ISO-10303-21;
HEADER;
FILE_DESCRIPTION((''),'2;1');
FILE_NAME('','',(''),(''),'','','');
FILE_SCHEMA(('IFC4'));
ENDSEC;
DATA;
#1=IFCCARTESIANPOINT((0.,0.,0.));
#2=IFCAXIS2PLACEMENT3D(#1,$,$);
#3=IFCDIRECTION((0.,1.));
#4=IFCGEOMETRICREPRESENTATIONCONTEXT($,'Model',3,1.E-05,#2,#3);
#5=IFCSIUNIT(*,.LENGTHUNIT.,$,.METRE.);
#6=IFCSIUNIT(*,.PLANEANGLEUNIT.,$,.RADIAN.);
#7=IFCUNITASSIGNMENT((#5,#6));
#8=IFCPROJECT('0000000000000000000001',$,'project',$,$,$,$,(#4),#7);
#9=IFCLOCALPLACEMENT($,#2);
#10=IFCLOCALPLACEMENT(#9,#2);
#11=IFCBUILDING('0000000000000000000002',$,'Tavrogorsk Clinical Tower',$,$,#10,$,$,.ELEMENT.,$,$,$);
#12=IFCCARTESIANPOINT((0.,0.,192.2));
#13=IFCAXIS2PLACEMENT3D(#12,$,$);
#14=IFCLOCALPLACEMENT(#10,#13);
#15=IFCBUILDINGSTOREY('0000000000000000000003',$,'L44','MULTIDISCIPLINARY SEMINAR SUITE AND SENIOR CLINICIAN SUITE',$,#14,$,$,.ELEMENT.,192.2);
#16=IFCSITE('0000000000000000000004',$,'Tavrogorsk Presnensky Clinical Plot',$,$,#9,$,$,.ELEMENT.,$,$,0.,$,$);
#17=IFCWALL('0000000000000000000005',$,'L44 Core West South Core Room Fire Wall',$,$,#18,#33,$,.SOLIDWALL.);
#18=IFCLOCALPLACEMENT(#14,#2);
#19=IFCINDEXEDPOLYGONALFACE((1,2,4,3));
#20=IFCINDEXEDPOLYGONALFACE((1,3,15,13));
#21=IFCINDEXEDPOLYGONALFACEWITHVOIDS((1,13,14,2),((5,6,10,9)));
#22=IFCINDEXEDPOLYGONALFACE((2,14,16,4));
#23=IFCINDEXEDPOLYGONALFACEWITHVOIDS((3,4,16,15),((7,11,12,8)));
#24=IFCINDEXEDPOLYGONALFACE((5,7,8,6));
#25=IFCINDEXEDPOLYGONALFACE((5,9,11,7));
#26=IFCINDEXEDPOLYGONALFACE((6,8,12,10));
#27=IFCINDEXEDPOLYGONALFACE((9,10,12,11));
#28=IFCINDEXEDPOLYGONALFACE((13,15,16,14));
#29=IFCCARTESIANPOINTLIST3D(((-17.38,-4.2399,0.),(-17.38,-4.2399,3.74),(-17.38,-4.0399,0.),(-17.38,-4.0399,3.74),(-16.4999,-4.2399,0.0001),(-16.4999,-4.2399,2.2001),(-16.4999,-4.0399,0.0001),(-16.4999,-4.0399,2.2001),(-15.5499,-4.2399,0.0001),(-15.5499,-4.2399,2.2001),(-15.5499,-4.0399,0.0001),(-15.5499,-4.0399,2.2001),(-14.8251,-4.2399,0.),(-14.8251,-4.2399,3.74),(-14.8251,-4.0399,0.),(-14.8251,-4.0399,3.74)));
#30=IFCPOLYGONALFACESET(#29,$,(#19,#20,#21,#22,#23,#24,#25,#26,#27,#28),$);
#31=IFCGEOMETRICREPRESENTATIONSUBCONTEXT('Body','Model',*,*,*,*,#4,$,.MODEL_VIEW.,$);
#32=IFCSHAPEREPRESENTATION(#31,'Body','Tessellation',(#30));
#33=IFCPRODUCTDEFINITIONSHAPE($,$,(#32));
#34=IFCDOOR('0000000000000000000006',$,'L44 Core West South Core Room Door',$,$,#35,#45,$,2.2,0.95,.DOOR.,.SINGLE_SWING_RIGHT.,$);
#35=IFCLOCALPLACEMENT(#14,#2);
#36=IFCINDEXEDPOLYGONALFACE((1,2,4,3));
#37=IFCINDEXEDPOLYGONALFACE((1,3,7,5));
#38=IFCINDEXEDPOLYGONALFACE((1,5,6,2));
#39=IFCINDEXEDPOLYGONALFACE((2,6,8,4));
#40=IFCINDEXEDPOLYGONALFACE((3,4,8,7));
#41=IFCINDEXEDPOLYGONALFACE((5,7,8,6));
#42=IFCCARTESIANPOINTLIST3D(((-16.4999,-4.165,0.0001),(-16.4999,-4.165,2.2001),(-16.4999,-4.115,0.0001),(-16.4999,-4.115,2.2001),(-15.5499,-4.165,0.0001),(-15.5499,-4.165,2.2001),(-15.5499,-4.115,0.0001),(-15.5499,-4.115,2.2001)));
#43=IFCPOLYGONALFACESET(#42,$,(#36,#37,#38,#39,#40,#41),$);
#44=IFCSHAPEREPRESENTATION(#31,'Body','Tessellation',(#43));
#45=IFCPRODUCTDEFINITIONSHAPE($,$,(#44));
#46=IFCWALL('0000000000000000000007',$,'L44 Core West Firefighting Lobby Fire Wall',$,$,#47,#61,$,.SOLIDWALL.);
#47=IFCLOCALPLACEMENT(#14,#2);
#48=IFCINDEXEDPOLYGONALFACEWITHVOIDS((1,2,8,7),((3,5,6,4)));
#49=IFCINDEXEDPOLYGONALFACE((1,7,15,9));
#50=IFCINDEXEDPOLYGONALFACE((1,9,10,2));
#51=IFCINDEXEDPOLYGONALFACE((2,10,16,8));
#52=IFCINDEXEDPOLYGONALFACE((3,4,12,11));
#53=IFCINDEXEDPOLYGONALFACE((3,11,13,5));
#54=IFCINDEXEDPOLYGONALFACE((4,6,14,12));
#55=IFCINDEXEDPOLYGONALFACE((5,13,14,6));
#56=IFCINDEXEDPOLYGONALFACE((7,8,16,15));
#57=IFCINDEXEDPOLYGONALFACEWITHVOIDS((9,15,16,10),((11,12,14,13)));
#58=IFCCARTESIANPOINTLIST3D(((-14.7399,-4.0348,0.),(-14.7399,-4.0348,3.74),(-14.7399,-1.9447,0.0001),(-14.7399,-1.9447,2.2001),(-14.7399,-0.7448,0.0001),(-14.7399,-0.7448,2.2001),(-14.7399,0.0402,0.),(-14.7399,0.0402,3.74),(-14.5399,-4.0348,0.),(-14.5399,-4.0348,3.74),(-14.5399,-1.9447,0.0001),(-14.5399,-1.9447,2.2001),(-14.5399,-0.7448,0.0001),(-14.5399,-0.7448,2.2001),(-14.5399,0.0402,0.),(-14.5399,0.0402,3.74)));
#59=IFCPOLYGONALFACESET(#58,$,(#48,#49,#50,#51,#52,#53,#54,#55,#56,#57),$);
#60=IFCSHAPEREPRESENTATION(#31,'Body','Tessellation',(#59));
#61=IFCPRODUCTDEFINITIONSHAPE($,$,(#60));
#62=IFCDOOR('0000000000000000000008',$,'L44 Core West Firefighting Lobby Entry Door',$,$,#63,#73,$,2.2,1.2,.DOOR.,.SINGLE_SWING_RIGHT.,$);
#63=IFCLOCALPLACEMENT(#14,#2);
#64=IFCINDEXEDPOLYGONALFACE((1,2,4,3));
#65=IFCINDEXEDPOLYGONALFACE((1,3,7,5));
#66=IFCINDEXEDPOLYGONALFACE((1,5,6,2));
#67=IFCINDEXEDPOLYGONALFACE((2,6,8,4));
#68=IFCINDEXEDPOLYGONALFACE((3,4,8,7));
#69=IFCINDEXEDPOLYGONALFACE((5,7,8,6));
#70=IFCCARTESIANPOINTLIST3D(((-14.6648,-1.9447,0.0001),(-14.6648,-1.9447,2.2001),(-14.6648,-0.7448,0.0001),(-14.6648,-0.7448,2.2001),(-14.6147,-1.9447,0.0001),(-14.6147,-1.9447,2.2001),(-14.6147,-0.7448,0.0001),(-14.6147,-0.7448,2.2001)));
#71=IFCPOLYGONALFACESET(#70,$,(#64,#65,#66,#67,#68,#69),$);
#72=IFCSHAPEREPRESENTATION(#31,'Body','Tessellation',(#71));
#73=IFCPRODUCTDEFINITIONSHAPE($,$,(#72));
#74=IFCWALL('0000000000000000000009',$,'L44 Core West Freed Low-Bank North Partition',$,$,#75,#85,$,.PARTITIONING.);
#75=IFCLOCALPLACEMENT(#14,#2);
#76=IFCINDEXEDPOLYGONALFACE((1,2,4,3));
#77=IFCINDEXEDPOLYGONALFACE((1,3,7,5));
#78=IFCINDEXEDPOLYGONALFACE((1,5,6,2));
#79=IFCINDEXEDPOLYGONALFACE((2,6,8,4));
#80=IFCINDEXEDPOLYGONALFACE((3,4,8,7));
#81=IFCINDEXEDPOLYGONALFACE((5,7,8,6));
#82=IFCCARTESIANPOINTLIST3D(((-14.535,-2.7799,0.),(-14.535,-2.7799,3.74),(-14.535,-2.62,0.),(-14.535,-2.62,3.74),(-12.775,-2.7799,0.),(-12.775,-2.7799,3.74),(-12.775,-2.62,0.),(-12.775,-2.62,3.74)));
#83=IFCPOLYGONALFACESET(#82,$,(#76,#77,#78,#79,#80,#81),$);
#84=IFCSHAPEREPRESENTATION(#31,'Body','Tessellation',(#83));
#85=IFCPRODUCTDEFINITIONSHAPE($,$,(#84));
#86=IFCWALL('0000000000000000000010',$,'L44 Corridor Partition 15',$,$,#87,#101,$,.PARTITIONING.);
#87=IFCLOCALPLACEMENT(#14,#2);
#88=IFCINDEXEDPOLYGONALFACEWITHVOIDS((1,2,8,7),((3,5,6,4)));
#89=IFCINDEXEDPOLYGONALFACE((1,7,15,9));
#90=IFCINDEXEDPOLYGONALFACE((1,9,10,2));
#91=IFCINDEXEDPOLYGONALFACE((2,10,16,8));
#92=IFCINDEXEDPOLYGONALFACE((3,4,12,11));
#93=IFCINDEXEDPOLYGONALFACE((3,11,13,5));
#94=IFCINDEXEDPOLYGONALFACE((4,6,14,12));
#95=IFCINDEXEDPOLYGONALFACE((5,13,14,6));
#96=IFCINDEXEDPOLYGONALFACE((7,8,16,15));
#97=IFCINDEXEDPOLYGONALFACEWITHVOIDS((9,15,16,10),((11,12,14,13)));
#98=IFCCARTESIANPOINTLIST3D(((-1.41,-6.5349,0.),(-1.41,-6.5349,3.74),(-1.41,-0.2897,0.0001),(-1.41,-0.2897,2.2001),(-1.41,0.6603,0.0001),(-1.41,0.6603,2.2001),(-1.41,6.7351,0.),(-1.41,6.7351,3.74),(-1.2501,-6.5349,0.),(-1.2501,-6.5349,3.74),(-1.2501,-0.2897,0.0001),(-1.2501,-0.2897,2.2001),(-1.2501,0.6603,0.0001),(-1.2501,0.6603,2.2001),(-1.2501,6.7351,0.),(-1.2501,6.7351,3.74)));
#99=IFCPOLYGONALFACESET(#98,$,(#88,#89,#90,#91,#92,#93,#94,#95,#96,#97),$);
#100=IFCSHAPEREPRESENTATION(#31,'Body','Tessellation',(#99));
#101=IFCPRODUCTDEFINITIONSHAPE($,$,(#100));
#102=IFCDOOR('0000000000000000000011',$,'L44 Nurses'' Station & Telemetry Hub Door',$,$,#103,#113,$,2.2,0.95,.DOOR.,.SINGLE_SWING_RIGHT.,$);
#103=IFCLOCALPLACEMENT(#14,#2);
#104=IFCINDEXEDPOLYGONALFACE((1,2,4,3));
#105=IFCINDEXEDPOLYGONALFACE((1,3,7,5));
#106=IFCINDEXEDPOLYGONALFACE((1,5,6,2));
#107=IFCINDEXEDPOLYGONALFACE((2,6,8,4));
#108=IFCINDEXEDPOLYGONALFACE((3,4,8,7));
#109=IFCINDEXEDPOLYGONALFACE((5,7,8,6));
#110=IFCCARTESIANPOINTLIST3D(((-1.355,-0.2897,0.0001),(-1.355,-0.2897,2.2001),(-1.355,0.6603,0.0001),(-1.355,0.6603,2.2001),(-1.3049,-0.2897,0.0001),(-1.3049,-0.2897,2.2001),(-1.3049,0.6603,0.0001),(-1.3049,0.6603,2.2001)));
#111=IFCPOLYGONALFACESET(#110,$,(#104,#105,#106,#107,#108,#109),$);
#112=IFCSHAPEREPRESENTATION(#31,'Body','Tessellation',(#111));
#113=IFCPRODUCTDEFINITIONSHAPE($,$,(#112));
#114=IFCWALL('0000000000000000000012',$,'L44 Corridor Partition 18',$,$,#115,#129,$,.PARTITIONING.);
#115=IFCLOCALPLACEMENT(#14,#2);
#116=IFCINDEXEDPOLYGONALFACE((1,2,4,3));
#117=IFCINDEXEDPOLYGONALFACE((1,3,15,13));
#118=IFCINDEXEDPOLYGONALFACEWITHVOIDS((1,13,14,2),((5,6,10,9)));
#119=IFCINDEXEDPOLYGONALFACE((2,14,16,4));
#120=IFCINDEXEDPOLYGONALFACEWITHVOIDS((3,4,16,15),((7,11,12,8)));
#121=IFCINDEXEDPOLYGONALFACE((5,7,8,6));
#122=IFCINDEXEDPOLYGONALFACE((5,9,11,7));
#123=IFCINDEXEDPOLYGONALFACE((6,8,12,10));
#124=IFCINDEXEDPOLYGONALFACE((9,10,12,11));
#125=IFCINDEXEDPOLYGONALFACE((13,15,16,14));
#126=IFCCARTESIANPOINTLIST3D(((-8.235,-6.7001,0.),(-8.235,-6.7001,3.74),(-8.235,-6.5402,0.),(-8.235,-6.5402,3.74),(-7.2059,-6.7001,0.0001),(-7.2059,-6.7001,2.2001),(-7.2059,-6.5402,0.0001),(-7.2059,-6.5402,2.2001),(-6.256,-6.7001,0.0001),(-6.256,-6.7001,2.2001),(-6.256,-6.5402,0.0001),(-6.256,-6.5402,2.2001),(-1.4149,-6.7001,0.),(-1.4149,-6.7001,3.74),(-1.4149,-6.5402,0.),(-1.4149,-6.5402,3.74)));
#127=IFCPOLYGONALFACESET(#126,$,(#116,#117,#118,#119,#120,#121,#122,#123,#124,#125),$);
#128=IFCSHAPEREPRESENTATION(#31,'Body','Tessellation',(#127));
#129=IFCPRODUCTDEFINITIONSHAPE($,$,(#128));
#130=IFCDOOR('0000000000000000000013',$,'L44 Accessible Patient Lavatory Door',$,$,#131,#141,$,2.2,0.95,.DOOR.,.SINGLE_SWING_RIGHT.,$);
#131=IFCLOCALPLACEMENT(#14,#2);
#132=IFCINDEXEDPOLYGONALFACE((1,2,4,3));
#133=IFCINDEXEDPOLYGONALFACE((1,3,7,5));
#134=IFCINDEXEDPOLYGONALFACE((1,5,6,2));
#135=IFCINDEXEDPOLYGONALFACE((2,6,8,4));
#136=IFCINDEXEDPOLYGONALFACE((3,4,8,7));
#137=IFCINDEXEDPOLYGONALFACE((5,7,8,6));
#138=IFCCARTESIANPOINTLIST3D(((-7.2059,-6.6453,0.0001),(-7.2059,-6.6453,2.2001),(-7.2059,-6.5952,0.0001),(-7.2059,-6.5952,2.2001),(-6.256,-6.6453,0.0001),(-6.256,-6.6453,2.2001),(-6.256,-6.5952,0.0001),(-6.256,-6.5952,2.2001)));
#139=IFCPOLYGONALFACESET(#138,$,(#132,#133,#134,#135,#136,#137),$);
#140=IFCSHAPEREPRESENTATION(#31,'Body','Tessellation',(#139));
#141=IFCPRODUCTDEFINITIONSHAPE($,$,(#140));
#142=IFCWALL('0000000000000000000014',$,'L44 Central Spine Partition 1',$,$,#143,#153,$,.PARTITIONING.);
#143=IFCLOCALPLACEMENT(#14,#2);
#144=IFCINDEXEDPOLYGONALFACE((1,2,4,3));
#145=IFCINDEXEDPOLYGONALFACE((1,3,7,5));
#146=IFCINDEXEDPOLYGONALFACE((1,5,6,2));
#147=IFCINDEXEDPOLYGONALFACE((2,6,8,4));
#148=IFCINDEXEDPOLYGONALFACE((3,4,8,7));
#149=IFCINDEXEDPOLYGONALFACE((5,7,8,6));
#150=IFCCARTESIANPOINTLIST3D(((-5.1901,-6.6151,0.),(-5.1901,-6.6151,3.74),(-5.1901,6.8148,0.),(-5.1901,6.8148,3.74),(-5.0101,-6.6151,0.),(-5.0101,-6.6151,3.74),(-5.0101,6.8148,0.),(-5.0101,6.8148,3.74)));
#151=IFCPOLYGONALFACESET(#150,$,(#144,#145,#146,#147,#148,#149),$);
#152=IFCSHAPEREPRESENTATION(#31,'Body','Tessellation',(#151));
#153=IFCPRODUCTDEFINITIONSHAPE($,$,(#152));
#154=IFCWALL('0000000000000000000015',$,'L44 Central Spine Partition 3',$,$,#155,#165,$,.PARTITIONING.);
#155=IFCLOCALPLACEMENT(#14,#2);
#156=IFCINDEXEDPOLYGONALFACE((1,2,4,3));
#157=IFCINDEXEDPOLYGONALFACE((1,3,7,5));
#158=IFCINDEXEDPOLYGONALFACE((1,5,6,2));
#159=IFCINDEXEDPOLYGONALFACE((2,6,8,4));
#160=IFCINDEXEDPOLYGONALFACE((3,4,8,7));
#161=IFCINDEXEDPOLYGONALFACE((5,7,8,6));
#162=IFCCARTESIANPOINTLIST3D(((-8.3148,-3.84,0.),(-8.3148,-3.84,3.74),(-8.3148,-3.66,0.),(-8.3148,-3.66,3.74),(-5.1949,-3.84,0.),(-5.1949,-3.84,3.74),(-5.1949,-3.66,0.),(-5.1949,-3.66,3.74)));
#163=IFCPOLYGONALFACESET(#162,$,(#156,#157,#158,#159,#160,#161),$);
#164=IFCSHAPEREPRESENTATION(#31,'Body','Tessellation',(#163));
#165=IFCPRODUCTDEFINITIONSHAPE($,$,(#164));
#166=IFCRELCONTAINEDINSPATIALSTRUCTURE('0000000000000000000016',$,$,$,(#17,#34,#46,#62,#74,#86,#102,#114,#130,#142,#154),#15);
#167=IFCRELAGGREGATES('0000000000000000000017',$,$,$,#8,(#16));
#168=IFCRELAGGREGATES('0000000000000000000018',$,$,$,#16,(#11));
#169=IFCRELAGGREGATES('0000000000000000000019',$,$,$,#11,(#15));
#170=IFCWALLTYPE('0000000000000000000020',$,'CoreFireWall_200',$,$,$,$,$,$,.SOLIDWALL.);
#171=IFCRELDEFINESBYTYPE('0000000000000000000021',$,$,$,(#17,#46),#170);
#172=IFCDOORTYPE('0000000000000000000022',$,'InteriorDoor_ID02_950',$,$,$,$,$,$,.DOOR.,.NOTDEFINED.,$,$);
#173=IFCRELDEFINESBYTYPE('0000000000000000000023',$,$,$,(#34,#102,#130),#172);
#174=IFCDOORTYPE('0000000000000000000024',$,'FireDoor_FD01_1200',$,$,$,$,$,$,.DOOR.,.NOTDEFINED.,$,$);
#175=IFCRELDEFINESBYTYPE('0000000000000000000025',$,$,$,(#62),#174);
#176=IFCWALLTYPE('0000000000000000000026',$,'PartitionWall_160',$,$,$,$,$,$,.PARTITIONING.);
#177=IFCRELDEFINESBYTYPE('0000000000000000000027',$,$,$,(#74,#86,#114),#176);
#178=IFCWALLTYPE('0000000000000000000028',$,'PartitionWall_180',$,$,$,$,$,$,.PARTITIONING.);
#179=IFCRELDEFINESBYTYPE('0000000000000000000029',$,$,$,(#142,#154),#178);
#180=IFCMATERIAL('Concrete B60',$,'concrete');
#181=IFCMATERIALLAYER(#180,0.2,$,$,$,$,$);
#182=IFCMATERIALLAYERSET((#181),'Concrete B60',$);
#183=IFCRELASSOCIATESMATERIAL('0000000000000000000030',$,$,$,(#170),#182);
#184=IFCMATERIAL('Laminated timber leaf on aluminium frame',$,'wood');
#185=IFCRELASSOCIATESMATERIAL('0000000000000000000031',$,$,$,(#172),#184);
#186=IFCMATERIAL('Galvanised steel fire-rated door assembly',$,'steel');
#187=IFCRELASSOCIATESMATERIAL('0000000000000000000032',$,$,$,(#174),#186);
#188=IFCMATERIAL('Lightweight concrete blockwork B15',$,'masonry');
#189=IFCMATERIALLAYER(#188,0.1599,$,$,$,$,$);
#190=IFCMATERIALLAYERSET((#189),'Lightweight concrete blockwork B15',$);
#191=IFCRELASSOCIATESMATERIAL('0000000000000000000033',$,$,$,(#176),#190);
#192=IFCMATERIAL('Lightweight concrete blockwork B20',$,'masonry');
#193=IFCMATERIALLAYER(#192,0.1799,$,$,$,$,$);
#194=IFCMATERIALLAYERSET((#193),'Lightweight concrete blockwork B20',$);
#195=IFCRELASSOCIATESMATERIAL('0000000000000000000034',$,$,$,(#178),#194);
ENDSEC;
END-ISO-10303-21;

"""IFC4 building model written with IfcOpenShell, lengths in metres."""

from ifc_helpers import new_model, si_unit, direction, frame, frame_2d, origin, place, context, subcontext, project, spatial, rectangle, extrude, material, layer, layer_set, type_object, element, fill, save


model = new_model("IFC4")

# Units and contexts
model_context = context("Model", 3, precision=1e-05, world=origin(), true_north=direction((0.0, 1.0)))
body_context = subcontext(model_context, "Body", "Model", "MODEL_VIEW")
ifc_project = project(units=[si_unit("LENGTHUNIT", "METRE"), si_unit("PLANEANGLEUNIT", "RADIAN")], contexts=[model_context])

# Site, building, storey
site_placement = place(None, origin())
site = spatial("IfcSite", under=ifc_project, at=site_placement, Name="Tavrogorsk Presnensky Clinical Plot", CompositionType="ELEMENT", RefElevation=0.0)
building_placement = place(site_placement, origin())
building = spatial("IfcBuilding", under=site, at=building_placement, Name="Tavrogorsk Clinical Tower", CompositionType="ELEMENT")
storey_placement = place(building_placement, frame((0.0, 0.0, 192.2)))
storey = spatial("IfcBuildingStorey", under=building, at=storey_placement, Name="L44", Description="MULTIDISCIPLINARY SEMINAR SUITE AND SENIOR CLINICIAN SUITE", CompositionType="ELEMENT", Elevation=192.2)

# Walls, openings, doors
ifc_material_1 = material(Name="Concrete B60", Category="concrete")
ifc_layer_1 = layer(ifc_material_1, 0.2)
ifc_layer_set_1 = layer_set([ifc_layer_1], Name="Concrete B60")
wall_type_1 = type_object("IfcWallType", Name="CoreFireWall_200", PredefinedType="SOLIDWALL", material=ifc_layer_set_1)
wall_1_placement = place(storey_placement, frame((-17.3799, -4.1399, 0.0), z_axis=(0.0, 0.0, 1.0), x_axis=(1.0, 0.0, 0.0)))
wall_1 = element("IfcWall", 1, at=wall_1_placement, inside=storey, type_object=wall_type_1, Name="L44 Core West South Core Room Fire Wall", PredefinedType="SOLIDWALL", context=body_context, shape_type="SweptSolid", body=[
    extrude(rectangle(XDim=2.5549, YDim=0.2, at=frame_2d((1.2773, 0.0))), origin(), (0.0, 0.0, 1.0), 3.74),
])
opening_1_placement = place(wall_1_placement, frame((0.8799, 0.0, 0.0)))
opening_1 = element("IfcOpeningElement", 2, at=opening_1_placement, cuts=wall_1, PredefinedType="OPENING", context=body_context, shape_type="SweptSolid", body=[
    extrude(rectangle(XDim=0.95, YDim=2.2, at=frame_2d((0.4751, 1.1001))), frame((0.0, 0.1099, 0.0), z_axis=(0.0, -1.0, 0.0), x_axis=(1.0, 0.0, 0.0)), (0.0, 0.0, 1.0), 0.22),
])
ifc_material_2 = material(Name="Laminated timber leaf on aluminium frame", Category="wood")
door_type_1 = type_object("IfcDoorType", Name="InteriorDoor_ID02_950", OperationType="NOTDEFINED", PredefinedType="DOOR", material=ifc_material_2)
door_1_placement = place(opening_1_placement, origin())
door_1 = element("IfcDoor", 3, at=door_1_placement, inside=storey, type_object=door_type_1, Name="L44 Core West South Core Room Door", OperationType="SINGLE_SWING_RIGHT", OverallHeight=2.2, OverallWidth=0.95, PredefinedType="DOOR", context=body_context, shape_type="SweptSolid", body=[
    extrude(rectangle(XDim=0.95, YDim=2.2, at=frame_2d((0.4751, 1.1001))), frame((0.0, 0.0249, 0.0), z_axis=(0.0, -1.0, 0.0), x_axis=(1.0, 0.0, 0.0)), (0.0, 0.0, 1.0), 0.05),
])
fill(opening_1, door_1)
wall_2_placement = place(storey_placement, frame((-14.6399, -4.0349, 0.0), z_axis=(0.0, 0.0, 1.0), x_axis=(0.0, 1.0, 0.0)))
wall_2 = element("IfcWall", 4, at=wall_2_placement, inside=storey, type_object=wall_type_1, Name="L44 Core West Firefighting Lobby Fire Wall", PredefinedType="SOLIDWALL", context=body_context, shape_type="SweptSolid", body=[
    extrude(rectangle(XDim=4.075, YDim=0.2, at=frame_2d((2.0376, 0.0))), origin(), (0.0, 0.0, 1.0), 3.74),
])
opening_2_placement = place(wall_2_placement, frame((2.0901, 0.0, 0.0)))
opening_2 = element("IfcOpeningElement", 5, at=opening_2_placement, cuts=wall_2, PredefinedType="OPENING", context=body_context, shape_type="SweptSolid", body=[
    extrude(rectangle(XDim=1.2, YDim=2.2, at=frame_2d((0.6001, 1.1001))), frame((0.0, 0.1099, 0.0), z_axis=(0.0, -1.0, 0.0), x_axis=(1.0, 0.0, 0.0)), (0.0, 0.0, 1.0), 0.22),
])
ifc_material_3 = material(Name="Galvanised steel fire-rated door assembly", Category="steel")
door_type_2 = type_object("IfcDoorType", Name="FireDoor_FD01_1200", OperationType="NOTDEFINED", PredefinedType="DOOR", material=ifc_material_3)
door_2_placement = place(opening_2_placement, origin())
door_2 = element("IfcDoor", 6, at=door_2_placement, inside=storey, type_object=door_type_2, Name="L44 Core West Firefighting Lobby Entry Door", OperationType="SINGLE_SWING_RIGHT", OverallHeight=2.2, OverallWidth=1.2, PredefinedType="DOOR", context=body_context, shape_type="SweptSolid", body=[
    extrude(rectangle(XDim=1.2, YDim=2.2, at=frame_2d((0.6001, 1.1001))), frame((0.0, 0.0249, 0.0), z_axis=(0.0, -1.0, 0.0), x_axis=(1.0, 0.0, 0.0)), (0.0, 0.0, 1.0), 0.05),
])
fill(opening_2, door_2)

# Wall
ifc_material_4 = material(Name="Lightweight concrete blockwork B15", Category="masonry")
ifc_layer_2 = layer(ifc_material_4, 0.1599)
ifc_layer_set_2 = layer_set([ifc_layer_2], Name="Lightweight concrete blockwork B15")
wall_type_2 = type_object("IfcWallType", Name="PartitionWall_160", PredefinedType="PARTITIONING", material=ifc_layer_set_2)
wall_3_placement = place(storey_placement, frame((-14.5349, -2.7, 0.0), z_axis=(0.0, 0.0, 1.0), x_axis=(1.0, 0.0, 0.0)))
element("IfcWall", 7, at=wall_3_placement, inside=storey, type_object=wall_type_2, Name="L44 Core West Freed Low-Bank North Partition", PredefinedType="PARTITIONING", context=body_context, shape_type="SweptSolid", body=[
    extrude(rectangle(XDim=1.76, YDim=0.1599, at=frame_2d((0.8799, 0.0))), origin(), (0.0, 0.0, 1.0), 3.74),
])

# Walls, openings, doors
wall_4_placement = place(storey_placement, frame((-1.3301, -6.5349, 0.0), z_axis=(0.0, 0.0, 1.0), x_axis=(0.0, 1.0, 0.0)))
wall_4 = element("IfcWall", 8, at=wall_4_placement, inside=storey, type_object=wall_type_2, Name="L44 Corridor Partition 15", PredefinedType="PARTITIONING", context=body_context, shape_type="SweptSolid", body=[
    extrude(rectangle(XDim=13.27, YDim=0.1599, at=frame_2d((6.635, 0.0))), origin(), (0.0, 0.0, 1.0), 3.74),
])
opening_3_placement = place(wall_4_placement, frame((6.2451, 0.0, 0.0)))
opening_3 = element("IfcOpeningElement", 9, at=opening_3_placement, cuts=wall_4, PredefinedType="OPENING", context=body_context, shape_type="SweptSolid", body=[
    extrude(rectangle(XDim=0.95, YDim=2.2, at=frame_2d((0.4751, 1.1001))), frame((0.0, 0.0898, 0.0), z_axis=(0.0, -1.0, 0.0), x_axis=(1.0, 0.0, 0.0)), (0.0, 0.0, 1.0), 0.1799),
])
door_3_placement = place(opening_3_placement, origin())
door_3 = element("IfcDoor", 10, at=door_3_placement, inside=storey, type_object=door_type_1, Name="L44 Nurses' Station & Telemetry Hub Door", OperationType="SINGLE_SWING_RIGHT", OverallHeight=2.2, OverallWidth=0.95, PredefinedType="DOOR", context=body_context, shape_type="SweptSolid", body=[
    extrude(rectangle(XDim=0.95, YDim=2.2, at=frame_2d((0.4751, 1.1001))), frame((0.0, 0.0249, 0.0), z_axis=(0.0, -1.0, 0.0), x_axis=(1.0, 0.0, 0.0)), (0.0, 0.0, 1.0), 0.05),
])
fill(opening_3, door_3)
wall_5_placement = place(storey_placement, frame((-8.2351, -6.6201, 0.0), z_axis=(0.0, 0.0, 1.0), x_axis=(1.0, 0.0, 0.0)))
wall_5 = element("IfcWall", 11, at=wall_5_placement, inside=storey, type_object=wall_type_2, Name="L44 Corridor Partition 18", PredefinedType="PARTITIONING", context=body_context, shape_type="SweptSolid", body=[
    extrude(rectangle(XDim=6.8201, YDim=0.1599, at=frame_2d((3.4102, 0.0))), origin(), (0.0, 0.0, 1.0), 3.74),
])
opening_4_placement = place(wall_5_placement, frame((1.0291, 0.0, 0.0)))
opening_4 = element("IfcOpeningElement", 12, at=opening_4_placement, cuts=wall_5, PredefinedType="OPENING", context=body_context, shape_type="SweptSolid", body=[
    extrude(rectangle(XDim=0.95, YDim=2.2, at=frame_2d((0.4751, 1.1001))), frame((0.0, 0.0898, 0.0), z_axis=(0.0, -1.0, 0.0), x_axis=(1.0, 0.0, 0.0)), (0.0, 0.0, 1.0), 0.1799),
])
door_4_placement = place(opening_4_placement, origin())
door_4 = element("IfcDoor", 13, at=door_4_placement, inside=storey, type_object=door_type_1, Name="L44 Accessible Patient Lavatory Door", OperationType="SINGLE_SWING_RIGHT", OverallHeight=2.2, OverallWidth=0.95, PredefinedType="DOOR", context=body_context, shape_type="SweptSolid", body=[
    extrude(rectangle(XDim=0.95, YDim=2.2, at=frame_2d((0.4751, 1.1001))), frame((0.0, 0.0249, 0.0), z_axis=(0.0, -1.0, 0.0), x_axis=(1.0, 0.0, 0.0)), (0.0, 0.0, 1.0), 0.05),
])
fill(opening_4, door_4)

# Walls
ifc_material_5 = material(Name="Lightweight concrete blockwork B20", Category="masonry")
ifc_layer_3 = layer(ifc_material_5, 0.1799)
ifc_layer_set_3 = layer_set([ifc_layer_3], Name="Lightweight concrete blockwork B20")
wall_type_3 = type_object("IfcWallType", Name="PartitionWall_180", PredefinedType="PARTITIONING", material=ifc_layer_set_3)
wall_6_placement = place(storey_placement, frame((-5.1001, -6.615, 0.0), z_axis=(0.0, 0.0, 1.0), x_axis=(0.0, 1.0, 0.0)))
element("IfcWall", 14, at=wall_6_placement, inside=storey, type_object=wall_type_3, Name="L44 Central Spine Partition 1", PredefinedType="PARTITIONING", context=body_context, shape_type="SweptSolid", body=[
    extrude(rectangle(XDim=13.4299, YDim=0.1799, at=frame_2d((6.7148, 0.0))), origin(), (0.0, 0.0, 1.0), 3.74),
])
wall_7_placement = place(storey_placement, frame((-8.3149, -3.75, 0.0), z_axis=(0.0, 0.0, 1.0), x_axis=(1.0, 0.0, 0.0)))
element("IfcWall", 15, at=wall_7_placement, inside=storey, type_object=wall_type_3, Name="L44 Central Spine Partition 3", PredefinedType="PARTITIONING", context=body_context, shape_type="SweptSolid", body=[
    extrude(rectangle(XDim=3.1199, YDim=0.1799, at=frame_2d((1.5601, 0.0))), origin(), (0.0, 0.0, 1.0), 3.74),
])

save(model, "model.ifc")
